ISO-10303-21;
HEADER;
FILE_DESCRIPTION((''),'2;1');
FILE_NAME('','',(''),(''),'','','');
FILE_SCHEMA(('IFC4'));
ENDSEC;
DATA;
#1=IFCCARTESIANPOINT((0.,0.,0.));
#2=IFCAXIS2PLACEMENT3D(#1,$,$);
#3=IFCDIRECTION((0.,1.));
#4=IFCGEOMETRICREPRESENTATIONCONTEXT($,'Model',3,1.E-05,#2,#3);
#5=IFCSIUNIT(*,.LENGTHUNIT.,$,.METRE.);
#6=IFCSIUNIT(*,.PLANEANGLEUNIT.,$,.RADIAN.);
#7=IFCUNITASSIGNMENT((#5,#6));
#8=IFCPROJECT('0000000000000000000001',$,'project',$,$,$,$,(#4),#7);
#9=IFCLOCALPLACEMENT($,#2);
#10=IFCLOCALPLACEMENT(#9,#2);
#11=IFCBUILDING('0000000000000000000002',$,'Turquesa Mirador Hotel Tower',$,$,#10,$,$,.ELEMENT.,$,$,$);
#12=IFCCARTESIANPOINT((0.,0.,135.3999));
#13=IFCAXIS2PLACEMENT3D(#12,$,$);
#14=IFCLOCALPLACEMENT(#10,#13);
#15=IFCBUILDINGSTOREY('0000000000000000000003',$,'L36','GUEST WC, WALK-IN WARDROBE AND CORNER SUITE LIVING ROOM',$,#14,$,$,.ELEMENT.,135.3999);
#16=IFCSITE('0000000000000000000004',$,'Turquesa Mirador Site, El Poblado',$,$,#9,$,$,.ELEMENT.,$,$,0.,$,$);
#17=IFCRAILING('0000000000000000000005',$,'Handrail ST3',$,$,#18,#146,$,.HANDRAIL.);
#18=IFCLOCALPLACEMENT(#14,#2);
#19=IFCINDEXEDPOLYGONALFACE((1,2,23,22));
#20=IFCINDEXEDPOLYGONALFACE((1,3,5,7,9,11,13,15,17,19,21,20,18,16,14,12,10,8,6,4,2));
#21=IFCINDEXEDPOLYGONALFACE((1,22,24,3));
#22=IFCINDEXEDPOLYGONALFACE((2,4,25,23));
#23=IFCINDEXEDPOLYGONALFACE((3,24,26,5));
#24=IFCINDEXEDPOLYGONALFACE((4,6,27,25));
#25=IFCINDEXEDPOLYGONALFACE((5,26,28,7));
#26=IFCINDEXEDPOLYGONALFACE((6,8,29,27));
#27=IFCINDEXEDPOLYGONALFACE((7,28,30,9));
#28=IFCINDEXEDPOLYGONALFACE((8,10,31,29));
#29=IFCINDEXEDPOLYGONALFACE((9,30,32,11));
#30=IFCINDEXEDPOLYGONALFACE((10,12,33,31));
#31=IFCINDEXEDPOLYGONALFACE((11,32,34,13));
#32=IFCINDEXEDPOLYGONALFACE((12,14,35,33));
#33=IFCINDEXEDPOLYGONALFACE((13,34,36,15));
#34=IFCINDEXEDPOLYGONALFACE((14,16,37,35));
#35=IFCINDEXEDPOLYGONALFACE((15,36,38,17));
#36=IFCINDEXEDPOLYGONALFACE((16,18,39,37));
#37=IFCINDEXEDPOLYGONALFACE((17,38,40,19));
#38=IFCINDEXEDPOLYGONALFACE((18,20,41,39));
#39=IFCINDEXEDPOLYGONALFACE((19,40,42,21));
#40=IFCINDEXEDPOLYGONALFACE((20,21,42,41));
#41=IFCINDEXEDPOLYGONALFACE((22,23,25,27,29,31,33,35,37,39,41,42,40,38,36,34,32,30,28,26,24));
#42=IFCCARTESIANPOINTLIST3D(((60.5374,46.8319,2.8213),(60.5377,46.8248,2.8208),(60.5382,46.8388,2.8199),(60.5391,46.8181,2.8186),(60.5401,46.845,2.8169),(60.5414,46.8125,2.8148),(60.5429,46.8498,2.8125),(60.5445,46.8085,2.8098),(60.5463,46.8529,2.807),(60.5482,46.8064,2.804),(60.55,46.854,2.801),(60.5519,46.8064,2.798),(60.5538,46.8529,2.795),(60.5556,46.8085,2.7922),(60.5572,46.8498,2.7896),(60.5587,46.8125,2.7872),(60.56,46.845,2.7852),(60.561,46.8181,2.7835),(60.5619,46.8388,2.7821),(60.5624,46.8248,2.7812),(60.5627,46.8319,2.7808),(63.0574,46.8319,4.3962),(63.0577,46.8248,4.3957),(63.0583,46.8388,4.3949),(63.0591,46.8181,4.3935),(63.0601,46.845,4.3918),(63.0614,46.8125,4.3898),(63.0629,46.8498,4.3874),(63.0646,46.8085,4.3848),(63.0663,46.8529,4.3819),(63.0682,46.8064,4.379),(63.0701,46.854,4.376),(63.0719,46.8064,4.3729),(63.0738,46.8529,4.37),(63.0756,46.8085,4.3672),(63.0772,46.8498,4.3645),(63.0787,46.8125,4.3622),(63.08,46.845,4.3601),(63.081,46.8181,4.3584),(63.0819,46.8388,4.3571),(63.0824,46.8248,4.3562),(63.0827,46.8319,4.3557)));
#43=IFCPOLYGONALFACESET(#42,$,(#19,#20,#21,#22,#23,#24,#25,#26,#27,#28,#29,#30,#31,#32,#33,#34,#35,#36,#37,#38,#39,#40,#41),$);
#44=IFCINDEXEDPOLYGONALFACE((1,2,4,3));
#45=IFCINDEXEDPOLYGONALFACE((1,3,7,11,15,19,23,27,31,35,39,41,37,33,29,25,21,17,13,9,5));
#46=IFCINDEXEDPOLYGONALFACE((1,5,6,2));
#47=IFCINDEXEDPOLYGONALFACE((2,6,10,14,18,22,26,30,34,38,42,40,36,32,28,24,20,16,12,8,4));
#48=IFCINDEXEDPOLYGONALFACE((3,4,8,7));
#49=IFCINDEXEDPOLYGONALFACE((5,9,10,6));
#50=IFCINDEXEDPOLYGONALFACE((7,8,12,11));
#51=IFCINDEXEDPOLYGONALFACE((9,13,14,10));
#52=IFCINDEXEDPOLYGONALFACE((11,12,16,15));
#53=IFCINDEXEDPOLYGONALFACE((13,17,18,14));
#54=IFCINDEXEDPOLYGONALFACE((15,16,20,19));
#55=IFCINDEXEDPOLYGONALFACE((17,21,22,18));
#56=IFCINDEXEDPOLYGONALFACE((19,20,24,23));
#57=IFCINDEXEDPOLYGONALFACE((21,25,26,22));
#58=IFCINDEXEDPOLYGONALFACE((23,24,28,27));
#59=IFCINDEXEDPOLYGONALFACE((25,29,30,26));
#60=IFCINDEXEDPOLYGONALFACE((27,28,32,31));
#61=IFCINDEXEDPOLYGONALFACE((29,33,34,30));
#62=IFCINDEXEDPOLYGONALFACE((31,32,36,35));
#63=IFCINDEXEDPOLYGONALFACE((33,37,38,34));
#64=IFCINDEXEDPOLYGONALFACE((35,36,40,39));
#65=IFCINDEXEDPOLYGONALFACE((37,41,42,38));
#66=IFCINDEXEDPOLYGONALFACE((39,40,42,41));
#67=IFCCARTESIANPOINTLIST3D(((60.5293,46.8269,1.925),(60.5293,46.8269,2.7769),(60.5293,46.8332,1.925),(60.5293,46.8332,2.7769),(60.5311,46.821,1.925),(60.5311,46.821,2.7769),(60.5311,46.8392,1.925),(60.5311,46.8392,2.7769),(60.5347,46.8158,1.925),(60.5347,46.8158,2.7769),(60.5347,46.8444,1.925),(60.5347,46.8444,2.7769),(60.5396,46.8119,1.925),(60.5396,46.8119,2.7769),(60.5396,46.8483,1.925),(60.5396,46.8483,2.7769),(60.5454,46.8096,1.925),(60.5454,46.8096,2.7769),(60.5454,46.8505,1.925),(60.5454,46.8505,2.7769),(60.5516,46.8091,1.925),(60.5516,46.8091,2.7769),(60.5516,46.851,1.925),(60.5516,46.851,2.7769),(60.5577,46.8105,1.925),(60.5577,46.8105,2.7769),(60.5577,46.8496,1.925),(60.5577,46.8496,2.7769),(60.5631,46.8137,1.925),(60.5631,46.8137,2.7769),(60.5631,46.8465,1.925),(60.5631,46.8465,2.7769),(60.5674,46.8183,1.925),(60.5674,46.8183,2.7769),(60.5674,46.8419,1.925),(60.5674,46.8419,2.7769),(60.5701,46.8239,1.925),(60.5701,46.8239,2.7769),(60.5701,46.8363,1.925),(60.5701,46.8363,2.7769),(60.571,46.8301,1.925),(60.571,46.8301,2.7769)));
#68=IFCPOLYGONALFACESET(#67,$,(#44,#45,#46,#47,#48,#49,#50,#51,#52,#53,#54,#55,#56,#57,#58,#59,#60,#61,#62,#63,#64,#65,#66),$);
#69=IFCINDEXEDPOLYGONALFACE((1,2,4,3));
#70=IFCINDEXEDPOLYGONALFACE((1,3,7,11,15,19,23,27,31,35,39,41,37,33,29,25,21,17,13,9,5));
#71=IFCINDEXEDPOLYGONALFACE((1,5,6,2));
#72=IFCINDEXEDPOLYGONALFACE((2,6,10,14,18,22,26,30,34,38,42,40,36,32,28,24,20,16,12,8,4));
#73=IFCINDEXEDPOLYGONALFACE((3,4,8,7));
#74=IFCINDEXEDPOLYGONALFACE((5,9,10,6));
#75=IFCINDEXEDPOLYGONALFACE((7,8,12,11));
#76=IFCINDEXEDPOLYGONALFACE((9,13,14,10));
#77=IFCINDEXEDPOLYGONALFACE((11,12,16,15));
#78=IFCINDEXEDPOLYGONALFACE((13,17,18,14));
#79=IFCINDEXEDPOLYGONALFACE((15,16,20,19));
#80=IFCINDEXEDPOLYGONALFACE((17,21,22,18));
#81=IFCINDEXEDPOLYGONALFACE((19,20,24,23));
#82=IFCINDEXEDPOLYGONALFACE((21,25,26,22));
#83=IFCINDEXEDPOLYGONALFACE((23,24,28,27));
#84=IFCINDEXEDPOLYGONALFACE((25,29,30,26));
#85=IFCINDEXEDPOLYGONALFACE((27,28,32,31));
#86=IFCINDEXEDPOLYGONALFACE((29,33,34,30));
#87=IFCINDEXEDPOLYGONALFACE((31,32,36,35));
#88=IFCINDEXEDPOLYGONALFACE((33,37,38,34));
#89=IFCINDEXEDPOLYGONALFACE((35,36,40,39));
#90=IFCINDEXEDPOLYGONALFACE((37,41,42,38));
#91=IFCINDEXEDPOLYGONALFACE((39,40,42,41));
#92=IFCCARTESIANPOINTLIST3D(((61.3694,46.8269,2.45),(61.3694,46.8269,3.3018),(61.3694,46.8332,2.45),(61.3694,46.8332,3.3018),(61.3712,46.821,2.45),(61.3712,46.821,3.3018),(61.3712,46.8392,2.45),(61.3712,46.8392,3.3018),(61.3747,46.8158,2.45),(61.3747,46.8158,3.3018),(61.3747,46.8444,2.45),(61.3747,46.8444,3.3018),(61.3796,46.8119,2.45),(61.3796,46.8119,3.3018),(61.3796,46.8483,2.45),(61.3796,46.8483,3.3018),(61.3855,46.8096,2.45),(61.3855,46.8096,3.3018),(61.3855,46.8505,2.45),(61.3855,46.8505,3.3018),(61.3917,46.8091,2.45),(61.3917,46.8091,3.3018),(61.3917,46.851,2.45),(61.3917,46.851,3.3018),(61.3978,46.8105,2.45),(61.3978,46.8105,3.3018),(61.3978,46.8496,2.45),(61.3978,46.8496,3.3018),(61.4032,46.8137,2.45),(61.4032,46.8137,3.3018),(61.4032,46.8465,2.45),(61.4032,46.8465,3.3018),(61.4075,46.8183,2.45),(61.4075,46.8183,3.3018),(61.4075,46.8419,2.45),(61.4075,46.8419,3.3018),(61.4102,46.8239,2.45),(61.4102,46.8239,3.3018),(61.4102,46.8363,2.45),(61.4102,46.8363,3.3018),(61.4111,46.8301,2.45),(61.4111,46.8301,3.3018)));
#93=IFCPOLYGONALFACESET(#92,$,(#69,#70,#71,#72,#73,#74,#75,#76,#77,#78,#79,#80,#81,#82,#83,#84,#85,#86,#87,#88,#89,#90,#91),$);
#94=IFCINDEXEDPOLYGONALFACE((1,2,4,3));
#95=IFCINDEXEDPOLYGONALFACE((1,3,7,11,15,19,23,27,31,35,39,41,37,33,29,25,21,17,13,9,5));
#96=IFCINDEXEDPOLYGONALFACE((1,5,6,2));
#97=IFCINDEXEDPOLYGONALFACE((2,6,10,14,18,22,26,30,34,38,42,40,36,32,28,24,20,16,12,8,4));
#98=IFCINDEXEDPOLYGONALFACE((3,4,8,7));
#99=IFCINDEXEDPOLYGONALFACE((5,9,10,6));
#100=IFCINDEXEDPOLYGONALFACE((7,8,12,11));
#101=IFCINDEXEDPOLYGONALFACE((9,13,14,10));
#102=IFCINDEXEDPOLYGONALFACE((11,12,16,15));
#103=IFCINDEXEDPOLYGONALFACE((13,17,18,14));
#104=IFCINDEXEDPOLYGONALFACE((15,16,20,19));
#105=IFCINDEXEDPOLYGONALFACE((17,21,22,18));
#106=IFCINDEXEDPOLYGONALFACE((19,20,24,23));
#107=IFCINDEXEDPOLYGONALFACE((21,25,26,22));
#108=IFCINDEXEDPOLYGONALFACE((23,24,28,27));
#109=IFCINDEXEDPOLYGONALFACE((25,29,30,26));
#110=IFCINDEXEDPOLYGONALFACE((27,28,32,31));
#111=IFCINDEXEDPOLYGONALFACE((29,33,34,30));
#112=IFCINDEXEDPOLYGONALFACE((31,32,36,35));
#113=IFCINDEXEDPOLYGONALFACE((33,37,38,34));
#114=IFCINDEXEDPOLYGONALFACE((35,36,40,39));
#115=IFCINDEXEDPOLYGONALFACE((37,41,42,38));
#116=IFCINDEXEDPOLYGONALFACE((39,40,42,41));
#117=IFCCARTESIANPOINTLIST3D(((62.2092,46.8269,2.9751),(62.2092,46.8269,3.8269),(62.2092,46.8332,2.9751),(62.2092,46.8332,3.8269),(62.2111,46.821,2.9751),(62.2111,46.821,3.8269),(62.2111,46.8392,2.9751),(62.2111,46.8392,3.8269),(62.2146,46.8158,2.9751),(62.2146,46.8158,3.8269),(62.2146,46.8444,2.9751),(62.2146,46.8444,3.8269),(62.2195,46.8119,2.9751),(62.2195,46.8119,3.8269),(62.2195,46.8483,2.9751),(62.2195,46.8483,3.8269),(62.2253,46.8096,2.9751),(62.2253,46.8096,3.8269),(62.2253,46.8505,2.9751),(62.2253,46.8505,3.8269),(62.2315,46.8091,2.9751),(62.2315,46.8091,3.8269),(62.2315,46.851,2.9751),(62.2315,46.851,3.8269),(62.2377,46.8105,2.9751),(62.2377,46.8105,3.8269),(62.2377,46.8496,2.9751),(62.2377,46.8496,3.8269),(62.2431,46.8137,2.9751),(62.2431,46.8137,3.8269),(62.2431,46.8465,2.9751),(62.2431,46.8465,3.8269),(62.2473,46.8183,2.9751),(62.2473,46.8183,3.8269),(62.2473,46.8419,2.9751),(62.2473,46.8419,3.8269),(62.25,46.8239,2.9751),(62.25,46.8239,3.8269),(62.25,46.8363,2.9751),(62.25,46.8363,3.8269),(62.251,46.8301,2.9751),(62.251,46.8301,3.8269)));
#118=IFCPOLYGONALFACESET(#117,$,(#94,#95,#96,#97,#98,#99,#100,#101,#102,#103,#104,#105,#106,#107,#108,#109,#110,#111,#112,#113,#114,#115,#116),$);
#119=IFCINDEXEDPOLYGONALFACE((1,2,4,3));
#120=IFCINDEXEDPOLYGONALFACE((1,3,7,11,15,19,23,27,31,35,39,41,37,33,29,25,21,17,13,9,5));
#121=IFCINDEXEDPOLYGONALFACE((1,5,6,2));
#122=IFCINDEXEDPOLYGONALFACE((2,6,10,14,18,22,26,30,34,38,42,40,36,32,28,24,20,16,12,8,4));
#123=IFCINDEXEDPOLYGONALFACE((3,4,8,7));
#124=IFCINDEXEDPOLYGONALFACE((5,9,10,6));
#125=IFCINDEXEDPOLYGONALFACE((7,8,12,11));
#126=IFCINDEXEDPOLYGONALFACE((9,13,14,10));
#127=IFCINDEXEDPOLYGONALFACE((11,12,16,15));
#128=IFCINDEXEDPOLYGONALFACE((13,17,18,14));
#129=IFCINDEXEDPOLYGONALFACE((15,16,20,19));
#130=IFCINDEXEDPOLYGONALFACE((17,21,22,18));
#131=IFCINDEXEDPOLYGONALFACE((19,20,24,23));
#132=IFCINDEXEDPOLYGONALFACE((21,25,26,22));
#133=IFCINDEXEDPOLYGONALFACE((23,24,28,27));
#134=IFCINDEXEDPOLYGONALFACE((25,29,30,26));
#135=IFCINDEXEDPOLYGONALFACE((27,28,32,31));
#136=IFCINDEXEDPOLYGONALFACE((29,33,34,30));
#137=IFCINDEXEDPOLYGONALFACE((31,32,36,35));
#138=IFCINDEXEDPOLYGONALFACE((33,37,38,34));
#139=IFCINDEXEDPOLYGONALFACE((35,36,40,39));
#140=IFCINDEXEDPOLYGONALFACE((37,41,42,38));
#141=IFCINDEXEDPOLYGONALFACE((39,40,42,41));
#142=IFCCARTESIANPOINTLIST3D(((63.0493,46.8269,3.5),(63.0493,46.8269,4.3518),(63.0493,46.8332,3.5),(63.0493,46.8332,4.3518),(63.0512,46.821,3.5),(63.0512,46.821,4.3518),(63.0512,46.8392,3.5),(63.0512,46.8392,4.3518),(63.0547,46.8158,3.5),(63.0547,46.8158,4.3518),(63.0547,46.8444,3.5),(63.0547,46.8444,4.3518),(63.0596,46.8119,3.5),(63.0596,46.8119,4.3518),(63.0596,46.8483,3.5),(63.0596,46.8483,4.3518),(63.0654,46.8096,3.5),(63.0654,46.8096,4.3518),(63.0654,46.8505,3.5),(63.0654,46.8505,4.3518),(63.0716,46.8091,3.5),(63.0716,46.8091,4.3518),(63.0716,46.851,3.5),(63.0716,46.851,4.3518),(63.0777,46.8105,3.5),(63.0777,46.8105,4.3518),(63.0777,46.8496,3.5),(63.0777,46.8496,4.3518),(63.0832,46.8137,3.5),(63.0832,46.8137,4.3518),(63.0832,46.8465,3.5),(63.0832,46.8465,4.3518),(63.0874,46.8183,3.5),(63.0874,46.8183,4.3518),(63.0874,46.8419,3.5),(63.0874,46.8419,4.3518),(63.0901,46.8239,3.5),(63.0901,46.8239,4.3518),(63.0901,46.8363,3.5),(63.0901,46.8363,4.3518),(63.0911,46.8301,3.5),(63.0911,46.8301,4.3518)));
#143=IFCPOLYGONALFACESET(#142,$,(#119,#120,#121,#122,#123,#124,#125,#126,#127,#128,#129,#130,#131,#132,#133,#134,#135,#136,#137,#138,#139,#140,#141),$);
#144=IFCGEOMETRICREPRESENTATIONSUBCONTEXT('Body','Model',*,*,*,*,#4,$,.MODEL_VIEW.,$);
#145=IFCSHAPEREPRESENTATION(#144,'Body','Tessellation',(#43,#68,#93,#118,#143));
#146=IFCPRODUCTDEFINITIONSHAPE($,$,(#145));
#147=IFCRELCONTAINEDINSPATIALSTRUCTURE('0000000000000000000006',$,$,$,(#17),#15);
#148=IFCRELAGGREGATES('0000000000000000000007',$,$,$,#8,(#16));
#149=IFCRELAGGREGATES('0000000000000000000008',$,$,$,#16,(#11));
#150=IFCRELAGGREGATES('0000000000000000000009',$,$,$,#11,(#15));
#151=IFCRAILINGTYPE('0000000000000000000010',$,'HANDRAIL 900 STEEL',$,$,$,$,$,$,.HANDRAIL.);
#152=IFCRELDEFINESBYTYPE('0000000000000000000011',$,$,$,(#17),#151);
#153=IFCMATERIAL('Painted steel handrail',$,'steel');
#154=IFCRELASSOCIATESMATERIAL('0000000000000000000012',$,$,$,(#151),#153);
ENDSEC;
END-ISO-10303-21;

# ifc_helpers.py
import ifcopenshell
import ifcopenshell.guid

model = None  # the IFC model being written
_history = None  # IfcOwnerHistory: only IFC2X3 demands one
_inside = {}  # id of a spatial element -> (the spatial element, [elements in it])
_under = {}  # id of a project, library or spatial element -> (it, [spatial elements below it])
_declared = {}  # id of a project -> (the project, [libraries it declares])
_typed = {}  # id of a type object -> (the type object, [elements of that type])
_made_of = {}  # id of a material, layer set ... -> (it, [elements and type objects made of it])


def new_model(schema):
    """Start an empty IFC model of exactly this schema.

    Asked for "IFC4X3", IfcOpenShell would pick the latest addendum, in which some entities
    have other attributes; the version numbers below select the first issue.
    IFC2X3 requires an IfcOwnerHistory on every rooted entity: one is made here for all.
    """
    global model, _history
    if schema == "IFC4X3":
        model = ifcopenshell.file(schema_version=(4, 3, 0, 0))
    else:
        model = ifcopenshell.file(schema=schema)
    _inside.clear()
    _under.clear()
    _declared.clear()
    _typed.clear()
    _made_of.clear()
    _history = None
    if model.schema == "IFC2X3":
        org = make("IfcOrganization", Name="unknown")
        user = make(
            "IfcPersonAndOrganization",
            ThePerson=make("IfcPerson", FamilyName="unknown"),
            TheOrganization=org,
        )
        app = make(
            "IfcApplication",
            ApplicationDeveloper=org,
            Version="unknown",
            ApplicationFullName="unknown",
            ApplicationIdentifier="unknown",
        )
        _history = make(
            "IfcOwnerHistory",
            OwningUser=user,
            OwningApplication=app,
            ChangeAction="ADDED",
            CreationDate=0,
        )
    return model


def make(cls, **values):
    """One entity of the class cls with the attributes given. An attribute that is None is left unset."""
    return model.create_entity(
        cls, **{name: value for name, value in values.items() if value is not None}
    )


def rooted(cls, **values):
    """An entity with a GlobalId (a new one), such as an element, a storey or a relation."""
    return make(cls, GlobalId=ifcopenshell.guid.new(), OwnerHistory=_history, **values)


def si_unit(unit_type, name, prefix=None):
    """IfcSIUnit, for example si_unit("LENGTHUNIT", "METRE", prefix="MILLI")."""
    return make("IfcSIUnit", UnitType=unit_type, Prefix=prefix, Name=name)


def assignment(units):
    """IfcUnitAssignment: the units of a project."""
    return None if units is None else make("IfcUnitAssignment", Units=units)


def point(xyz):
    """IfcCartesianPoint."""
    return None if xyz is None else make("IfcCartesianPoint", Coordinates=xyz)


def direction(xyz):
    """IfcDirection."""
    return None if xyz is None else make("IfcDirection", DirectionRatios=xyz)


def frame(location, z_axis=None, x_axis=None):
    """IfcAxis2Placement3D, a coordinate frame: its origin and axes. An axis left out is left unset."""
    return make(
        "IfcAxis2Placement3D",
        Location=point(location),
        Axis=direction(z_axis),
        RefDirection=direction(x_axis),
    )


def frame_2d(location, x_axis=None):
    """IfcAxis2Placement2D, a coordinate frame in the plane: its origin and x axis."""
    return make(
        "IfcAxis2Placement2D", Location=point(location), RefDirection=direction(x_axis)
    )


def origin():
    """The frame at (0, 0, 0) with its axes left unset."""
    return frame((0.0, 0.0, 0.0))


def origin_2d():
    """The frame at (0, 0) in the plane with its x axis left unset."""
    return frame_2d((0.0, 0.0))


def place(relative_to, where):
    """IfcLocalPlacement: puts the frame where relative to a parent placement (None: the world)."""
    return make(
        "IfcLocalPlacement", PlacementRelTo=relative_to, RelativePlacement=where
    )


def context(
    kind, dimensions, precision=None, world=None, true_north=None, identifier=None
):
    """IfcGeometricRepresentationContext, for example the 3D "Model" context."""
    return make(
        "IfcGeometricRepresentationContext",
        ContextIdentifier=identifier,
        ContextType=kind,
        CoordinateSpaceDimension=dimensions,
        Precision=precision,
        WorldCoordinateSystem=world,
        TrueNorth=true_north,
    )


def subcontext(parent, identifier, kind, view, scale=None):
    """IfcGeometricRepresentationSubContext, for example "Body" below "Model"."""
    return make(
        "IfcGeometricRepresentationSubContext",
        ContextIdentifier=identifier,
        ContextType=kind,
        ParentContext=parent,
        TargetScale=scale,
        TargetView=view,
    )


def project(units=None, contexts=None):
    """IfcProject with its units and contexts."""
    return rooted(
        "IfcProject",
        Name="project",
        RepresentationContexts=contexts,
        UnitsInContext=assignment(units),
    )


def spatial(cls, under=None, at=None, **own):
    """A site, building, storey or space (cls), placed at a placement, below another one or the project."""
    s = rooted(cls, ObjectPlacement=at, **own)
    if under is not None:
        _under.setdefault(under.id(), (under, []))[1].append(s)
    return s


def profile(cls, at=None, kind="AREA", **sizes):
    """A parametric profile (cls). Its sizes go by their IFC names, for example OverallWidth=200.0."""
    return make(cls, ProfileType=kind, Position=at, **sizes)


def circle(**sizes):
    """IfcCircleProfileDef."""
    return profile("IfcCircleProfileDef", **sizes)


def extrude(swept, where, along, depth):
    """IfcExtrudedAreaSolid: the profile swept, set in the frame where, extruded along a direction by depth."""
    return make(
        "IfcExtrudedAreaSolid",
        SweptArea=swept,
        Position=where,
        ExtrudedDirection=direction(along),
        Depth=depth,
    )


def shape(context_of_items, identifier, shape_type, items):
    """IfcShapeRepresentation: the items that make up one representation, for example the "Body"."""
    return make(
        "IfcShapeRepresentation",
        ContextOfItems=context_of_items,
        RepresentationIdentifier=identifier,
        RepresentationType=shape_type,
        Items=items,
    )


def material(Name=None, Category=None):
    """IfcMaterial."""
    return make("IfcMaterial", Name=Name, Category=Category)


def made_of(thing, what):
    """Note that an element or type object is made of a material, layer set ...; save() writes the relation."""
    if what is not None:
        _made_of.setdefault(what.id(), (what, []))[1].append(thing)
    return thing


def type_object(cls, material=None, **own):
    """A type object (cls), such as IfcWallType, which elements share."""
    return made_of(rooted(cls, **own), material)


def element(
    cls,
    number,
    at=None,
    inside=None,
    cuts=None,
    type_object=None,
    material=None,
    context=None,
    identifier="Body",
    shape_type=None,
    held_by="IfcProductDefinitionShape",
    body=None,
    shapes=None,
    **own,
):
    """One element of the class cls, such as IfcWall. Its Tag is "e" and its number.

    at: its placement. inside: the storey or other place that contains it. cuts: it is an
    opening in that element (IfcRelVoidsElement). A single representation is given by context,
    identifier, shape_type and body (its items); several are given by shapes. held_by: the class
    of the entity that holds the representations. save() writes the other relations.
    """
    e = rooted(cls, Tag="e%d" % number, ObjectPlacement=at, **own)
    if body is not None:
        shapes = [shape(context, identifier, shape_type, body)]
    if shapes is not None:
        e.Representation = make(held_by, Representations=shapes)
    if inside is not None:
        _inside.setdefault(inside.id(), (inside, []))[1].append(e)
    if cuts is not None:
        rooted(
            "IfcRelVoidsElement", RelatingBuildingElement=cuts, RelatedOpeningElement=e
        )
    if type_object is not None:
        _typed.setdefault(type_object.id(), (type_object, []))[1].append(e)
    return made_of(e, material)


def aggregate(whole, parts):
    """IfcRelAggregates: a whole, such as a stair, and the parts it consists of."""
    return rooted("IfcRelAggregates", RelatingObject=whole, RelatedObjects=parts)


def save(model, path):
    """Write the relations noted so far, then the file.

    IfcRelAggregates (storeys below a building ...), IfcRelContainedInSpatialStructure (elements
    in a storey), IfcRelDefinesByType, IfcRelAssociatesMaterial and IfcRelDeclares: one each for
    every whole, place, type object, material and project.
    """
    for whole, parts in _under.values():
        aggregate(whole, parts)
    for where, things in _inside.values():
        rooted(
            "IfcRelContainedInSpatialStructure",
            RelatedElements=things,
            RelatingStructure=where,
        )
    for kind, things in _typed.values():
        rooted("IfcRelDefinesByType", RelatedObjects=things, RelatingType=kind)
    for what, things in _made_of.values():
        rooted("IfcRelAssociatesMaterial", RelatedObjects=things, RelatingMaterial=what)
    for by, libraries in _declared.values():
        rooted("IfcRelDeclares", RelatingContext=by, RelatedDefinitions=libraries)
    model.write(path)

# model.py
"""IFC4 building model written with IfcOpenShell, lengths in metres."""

from ifc_helpers import new_model, si_unit, direction, frame, origin, origin_2d, place, context, subcontext, project, spatial, circle, extrude, material, type_object, element, save


model = new_model("IFC4")

# Units and contexts
model_context = context("Model", 3, precision=1e-05, world=origin(), true_north=direction((0.0, 1.0)))
body_context = subcontext(model_context, "Body", "Model", "MODEL_VIEW")
ifc_project = project(units=[si_unit("LENGTHUNIT", "METRE"), si_unit("PLANEANGLEUNIT", "RADIAN")], contexts=[model_context])

# Site, building, storey
site_placement = place(None, origin())
site = spatial("IfcSite", under=ifc_project, at=site_placement, Name="Turquesa Mirador Site, El Poblado", CompositionType="ELEMENT", RefElevation=0.0)
building_placement = place(site_placement, origin())
building = spatial("IfcBuilding", under=site, at=building_placement, Name="Turquesa Mirador Hotel Tower", CompositionType="ELEMENT")
storey_placement = place(building_placement, frame((0.0, 0.0, 135.3999)))
storey = spatial("IfcBuildingStorey", under=building, at=storey_placement, Name="L36", Description="GUEST WC, WALK-IN WARDROBE AND CORNER SUITE LIVING ROOM", CompositionType="ELEMENT", Elevation=135.3999)

# Railing
ifc_material_1 = material(Name="Painted steel handrail", Category="steel")
railing_type = type_object("IfcRailingType", Name="HANDRAIL 900 STEEL", PredefinedType="HANDRAIL", material=ifc_material_1)
railing_placement = place(storey_placement, frame((60.55, 46.8301, 1.925)))
element("IfcRailing", 1, at=railing_placement, inside=storey, type_object=railing_type, Name="Handrail ST3", PredefinedType="HANDRAIL", context=body_context, shape_type="SweptSolid", body=[
    extrude(circle(Radius=0.0239, at=origin_2d()), frame((0.0, 0.0, 0.876), z_axis=(0.848008, 0.0, 0.529984), x_axis=(0.0, 1.0, 0.0)), (0.0, 0.0, 1.0), 2.9717),
    extrude(circle(Radius=0.021, at=origin_2d()), origin(), (0.0, 0.0, 1.0), 0.8518),
    extrude(circle(Radius=0.021, at=origin_2d()), frame((0.8401, 0.0, 0.5249)), (0.0, 0.0, 1.0), 0.8518),
    extrude(circle(Radius=0.021, at=origin_2d()), frame((1.6799, 0.0, 1.05)), (0.0, 0.0, 1.0), 0.8518),
    extrude(circle(Radius=0.021, at=origin_2d()), frame((2.52, 0.0, 1.575)), (0.0, 0.0, 1.0), 0.8518),
])

save(model, "model.ifc")
